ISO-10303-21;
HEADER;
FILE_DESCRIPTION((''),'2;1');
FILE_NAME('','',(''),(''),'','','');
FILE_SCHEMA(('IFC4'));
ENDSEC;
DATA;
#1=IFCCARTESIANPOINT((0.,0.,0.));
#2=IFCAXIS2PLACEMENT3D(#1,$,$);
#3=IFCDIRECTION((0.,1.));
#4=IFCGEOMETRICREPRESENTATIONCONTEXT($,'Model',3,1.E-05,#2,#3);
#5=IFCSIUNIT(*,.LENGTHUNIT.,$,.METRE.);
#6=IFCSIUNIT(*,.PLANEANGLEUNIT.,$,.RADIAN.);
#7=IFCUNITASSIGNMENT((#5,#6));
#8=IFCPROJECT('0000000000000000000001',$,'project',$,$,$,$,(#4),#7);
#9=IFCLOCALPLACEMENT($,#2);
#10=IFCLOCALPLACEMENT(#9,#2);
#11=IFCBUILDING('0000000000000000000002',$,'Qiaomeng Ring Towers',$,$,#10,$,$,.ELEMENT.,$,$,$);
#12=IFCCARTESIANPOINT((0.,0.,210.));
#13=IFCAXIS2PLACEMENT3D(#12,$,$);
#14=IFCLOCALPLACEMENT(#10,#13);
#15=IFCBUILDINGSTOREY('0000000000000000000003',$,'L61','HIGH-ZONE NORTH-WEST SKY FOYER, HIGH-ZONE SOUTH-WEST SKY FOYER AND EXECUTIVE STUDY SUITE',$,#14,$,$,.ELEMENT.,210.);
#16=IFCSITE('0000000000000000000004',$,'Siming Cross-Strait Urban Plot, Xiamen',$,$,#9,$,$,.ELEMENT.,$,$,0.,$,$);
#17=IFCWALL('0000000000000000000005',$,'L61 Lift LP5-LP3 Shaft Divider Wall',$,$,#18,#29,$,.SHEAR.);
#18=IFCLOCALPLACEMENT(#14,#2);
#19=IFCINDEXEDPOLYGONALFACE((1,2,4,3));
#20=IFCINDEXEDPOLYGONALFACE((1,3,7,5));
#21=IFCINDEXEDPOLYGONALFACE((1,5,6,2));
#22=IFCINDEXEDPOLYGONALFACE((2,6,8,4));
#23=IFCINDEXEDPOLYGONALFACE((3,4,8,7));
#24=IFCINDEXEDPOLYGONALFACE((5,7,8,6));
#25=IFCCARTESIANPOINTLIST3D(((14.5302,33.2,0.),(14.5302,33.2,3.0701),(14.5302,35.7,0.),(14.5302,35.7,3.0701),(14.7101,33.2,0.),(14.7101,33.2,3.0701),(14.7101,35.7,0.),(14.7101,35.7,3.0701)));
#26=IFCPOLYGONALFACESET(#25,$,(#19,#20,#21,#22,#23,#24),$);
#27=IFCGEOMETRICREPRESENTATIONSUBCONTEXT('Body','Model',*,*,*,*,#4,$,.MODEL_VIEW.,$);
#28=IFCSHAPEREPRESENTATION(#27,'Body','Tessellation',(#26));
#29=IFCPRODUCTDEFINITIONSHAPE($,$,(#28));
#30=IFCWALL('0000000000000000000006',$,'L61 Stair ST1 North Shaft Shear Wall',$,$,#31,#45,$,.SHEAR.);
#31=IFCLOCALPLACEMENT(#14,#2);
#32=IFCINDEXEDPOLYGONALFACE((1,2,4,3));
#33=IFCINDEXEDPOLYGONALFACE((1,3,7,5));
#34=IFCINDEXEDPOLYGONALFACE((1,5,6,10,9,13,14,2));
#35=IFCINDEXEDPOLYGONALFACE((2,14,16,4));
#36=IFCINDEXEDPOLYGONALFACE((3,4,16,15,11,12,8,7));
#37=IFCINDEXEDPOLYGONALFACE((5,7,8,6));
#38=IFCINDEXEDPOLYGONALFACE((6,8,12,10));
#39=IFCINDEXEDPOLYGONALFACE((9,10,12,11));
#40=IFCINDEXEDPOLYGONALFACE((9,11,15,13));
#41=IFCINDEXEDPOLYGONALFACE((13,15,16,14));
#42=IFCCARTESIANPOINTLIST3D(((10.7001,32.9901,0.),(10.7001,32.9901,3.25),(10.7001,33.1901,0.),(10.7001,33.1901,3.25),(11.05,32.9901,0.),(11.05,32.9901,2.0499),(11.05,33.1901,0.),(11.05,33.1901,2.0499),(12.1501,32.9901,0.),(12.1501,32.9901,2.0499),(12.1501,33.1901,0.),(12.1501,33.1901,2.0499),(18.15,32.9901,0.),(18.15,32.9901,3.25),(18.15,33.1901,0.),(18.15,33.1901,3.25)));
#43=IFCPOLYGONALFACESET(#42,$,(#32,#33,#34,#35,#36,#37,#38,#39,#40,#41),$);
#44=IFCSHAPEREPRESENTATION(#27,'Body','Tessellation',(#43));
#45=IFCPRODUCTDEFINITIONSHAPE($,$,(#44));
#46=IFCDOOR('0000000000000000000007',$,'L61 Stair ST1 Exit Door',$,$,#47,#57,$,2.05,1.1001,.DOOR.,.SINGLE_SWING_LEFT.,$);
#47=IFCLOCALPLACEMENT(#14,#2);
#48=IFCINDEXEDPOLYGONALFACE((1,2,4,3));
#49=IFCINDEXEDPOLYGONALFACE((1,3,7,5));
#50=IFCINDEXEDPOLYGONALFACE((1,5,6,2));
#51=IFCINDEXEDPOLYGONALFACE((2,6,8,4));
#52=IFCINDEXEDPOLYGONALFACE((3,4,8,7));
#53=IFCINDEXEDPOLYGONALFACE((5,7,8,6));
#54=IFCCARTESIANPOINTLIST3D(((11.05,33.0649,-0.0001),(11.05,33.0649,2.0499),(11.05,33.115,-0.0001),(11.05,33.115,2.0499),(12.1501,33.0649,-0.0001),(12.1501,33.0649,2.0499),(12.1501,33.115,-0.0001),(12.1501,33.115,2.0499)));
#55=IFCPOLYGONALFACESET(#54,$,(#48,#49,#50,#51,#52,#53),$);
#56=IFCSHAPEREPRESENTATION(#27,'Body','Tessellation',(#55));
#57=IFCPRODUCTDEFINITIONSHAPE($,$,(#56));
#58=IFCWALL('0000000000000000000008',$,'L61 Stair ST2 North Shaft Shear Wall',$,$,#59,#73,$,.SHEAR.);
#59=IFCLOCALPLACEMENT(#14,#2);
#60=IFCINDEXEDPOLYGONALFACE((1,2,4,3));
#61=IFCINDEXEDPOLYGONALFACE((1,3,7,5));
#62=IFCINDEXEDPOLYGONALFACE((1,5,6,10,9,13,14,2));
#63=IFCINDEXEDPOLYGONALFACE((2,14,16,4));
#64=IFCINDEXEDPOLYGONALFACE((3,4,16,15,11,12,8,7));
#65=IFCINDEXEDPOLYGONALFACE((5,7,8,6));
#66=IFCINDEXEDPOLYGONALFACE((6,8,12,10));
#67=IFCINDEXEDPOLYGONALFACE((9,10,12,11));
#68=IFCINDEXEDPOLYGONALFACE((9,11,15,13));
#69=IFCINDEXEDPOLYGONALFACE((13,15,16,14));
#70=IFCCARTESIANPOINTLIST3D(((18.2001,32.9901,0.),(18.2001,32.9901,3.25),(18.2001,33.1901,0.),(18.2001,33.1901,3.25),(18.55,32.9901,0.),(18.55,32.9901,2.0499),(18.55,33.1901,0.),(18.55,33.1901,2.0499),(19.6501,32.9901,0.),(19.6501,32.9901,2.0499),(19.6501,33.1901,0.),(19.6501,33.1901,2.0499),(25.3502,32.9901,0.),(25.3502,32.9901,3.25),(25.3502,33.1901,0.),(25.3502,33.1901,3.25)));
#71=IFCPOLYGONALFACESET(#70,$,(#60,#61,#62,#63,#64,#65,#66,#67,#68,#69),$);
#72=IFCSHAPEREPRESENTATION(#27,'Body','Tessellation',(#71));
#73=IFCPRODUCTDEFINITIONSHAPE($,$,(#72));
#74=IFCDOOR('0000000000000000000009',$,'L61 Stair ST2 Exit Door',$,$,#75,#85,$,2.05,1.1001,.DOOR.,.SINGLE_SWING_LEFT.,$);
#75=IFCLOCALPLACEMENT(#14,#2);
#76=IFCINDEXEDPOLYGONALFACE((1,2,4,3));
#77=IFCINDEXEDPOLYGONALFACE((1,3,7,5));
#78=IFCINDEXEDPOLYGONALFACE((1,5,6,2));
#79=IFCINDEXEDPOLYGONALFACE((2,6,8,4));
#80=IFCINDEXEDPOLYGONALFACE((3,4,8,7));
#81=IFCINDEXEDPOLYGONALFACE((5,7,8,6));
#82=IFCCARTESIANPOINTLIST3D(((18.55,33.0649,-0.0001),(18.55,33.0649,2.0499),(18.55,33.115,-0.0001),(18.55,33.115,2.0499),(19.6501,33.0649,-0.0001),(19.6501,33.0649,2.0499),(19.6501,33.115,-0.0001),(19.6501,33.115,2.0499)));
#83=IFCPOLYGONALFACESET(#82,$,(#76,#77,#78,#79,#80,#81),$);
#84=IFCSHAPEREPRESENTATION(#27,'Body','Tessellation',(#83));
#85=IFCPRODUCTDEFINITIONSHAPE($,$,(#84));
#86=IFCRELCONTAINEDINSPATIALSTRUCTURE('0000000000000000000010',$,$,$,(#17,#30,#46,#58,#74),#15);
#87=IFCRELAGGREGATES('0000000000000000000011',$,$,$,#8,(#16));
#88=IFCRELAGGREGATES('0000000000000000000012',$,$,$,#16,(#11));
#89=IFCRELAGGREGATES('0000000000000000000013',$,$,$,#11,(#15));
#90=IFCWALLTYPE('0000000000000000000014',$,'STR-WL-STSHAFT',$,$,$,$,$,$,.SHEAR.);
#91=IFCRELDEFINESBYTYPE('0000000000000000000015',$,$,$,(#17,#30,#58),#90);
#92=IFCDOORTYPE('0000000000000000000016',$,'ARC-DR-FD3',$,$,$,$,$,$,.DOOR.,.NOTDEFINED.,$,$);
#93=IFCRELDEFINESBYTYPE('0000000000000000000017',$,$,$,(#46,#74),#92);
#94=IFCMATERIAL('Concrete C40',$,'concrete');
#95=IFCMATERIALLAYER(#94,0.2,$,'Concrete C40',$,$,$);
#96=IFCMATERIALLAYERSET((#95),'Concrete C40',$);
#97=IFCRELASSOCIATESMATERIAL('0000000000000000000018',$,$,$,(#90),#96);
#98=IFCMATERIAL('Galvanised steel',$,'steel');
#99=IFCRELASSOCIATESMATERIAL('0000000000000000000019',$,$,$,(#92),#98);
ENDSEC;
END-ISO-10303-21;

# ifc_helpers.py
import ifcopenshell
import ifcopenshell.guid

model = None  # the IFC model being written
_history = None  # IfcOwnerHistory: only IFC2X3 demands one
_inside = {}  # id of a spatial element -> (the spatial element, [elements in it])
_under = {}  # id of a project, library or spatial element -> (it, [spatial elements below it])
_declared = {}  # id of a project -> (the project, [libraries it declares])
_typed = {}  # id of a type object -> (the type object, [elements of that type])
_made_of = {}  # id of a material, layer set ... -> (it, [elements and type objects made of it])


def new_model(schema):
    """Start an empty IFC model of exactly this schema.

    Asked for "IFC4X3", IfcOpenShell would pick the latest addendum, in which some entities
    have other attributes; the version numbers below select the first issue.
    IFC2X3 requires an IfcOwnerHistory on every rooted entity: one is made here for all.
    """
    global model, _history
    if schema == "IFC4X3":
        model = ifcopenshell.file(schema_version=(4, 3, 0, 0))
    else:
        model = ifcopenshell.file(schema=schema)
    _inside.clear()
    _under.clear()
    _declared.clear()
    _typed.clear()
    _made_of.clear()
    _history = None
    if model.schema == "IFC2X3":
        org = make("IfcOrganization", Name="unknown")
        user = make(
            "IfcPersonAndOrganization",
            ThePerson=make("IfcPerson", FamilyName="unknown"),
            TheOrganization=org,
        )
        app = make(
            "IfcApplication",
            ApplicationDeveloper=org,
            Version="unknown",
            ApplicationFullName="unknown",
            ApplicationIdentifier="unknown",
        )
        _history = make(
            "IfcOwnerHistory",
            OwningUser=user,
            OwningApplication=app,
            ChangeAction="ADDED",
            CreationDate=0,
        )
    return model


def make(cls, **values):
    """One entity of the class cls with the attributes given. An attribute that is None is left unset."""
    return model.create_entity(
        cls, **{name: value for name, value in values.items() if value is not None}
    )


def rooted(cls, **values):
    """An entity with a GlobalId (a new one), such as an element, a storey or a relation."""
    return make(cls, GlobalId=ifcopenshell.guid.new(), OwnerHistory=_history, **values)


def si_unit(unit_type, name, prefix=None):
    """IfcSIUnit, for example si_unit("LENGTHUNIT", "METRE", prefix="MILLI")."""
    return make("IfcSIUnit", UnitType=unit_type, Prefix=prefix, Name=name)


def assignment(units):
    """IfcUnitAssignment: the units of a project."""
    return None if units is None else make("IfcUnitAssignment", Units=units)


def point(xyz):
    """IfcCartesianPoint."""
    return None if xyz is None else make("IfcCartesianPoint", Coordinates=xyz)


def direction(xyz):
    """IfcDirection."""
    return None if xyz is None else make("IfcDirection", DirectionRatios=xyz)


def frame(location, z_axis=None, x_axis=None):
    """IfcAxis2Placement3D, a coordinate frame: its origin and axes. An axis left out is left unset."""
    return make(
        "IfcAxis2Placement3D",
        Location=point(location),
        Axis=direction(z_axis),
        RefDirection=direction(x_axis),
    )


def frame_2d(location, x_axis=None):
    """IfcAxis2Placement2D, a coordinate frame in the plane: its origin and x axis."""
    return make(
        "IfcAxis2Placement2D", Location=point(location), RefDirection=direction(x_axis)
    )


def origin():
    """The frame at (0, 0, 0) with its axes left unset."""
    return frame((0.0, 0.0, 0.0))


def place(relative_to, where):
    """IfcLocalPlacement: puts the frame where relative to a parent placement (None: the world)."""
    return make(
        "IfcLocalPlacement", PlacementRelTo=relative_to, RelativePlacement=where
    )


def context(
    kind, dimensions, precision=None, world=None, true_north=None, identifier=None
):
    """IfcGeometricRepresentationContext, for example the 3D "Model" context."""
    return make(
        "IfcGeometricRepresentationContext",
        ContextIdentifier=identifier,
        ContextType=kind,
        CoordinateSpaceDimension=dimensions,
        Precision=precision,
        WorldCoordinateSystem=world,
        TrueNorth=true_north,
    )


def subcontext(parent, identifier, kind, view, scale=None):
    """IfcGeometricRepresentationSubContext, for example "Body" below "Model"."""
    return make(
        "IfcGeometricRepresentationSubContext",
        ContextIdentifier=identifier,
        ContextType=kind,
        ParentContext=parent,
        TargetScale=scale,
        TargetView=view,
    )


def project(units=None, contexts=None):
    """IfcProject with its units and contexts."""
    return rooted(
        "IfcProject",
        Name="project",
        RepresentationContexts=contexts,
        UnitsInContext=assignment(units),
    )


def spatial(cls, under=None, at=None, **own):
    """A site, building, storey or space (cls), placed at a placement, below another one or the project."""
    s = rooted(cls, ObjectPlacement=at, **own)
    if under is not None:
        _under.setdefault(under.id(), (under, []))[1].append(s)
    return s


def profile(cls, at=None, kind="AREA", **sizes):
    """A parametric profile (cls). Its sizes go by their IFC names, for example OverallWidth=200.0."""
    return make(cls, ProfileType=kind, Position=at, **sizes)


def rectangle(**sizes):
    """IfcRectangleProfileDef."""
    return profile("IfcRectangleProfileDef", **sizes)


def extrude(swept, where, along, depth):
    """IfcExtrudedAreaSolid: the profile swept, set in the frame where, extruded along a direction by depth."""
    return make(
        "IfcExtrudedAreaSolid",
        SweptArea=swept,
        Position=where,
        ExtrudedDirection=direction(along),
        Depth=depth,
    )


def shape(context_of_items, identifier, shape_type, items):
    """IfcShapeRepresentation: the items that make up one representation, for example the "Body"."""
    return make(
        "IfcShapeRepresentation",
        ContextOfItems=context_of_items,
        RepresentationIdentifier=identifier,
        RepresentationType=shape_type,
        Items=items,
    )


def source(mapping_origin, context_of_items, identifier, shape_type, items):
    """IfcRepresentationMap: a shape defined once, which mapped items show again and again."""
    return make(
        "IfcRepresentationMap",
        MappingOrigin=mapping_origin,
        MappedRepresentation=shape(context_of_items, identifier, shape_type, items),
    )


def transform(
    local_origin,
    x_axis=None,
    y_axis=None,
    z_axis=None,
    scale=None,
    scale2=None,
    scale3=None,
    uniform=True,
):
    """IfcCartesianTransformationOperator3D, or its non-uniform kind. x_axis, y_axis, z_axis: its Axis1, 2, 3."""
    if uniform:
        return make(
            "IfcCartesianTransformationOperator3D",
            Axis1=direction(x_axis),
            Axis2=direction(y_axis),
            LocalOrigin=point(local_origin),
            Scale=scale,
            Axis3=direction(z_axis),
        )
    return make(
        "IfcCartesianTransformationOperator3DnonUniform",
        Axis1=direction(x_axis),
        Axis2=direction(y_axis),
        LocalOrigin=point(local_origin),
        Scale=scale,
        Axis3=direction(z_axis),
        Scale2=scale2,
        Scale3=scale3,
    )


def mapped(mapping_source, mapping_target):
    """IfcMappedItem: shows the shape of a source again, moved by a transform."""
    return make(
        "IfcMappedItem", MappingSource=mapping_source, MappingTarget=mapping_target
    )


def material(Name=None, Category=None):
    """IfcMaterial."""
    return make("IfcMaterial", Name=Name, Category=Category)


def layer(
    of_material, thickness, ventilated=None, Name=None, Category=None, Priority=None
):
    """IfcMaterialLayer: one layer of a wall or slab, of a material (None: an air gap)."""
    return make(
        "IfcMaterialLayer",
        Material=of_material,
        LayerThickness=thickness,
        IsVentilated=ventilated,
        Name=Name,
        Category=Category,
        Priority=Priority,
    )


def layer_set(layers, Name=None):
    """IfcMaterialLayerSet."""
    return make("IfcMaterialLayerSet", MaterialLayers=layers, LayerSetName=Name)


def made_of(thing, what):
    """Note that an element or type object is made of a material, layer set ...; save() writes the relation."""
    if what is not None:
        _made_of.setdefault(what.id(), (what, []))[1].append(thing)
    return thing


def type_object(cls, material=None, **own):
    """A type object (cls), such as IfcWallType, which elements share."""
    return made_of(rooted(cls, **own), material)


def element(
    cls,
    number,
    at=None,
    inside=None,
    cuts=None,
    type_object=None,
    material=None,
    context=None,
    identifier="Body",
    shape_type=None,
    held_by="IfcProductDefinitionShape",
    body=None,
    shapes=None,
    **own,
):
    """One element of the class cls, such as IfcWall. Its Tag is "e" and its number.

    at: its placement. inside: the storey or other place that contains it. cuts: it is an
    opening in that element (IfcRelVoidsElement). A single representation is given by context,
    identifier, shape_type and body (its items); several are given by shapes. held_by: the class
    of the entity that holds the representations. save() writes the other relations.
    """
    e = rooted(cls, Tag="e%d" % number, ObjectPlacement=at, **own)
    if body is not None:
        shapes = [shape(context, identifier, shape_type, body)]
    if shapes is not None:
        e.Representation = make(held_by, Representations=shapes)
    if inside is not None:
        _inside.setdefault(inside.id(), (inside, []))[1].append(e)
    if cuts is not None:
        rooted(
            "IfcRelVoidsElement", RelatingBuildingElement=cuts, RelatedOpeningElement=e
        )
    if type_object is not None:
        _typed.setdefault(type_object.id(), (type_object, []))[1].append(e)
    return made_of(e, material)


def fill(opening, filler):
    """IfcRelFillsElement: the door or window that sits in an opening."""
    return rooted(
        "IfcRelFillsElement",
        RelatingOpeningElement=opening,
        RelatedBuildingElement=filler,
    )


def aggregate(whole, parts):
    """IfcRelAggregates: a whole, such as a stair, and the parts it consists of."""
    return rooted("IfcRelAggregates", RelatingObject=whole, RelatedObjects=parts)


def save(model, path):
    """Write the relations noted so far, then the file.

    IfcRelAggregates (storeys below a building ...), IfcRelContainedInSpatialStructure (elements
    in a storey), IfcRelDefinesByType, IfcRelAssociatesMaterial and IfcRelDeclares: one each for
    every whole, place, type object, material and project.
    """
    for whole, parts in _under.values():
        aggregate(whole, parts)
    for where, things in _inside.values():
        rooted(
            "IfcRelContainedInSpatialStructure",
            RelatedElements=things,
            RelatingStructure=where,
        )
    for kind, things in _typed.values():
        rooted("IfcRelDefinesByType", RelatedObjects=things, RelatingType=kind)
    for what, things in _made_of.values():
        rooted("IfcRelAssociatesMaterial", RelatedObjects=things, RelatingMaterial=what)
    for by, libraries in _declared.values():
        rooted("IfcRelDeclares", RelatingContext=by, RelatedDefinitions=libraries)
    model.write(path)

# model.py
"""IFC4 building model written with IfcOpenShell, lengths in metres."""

from ifc_helpers import new_model, si_unit, direction, frame, frame_2d, origin, place, context, subcontext, project, spatial, rectangle, extrude, source, transform, mapped, material, layer, layer_set, type_object, element, fill, save


model = new_model("IFC4")

# Units and contexts
model_context = context("Model", 3, precision=1e-05, world=origin(), true_north=direction((0.0, 1.0)))
body_context = subcontext(model_context, "Body", "Model", "MODEL_VIEW")
ifc_project = project(units=[si_unit("LENGTHUNIT", "METRE"), si_unit("PLANEANGLEUNIT", "RADIAN")], contexts=[model_context])

# Site, building, storey
site_placement = place(None, origin())
site = spatial("IfcSite", under=ifc_project, at=site_placement, Name="Siming Cross-Strait Urban Plot, Xiamen", CompositionType="ELEMENT", RefElevation=0.0)
building_placement = place(site_placement, origin())
building = spatial("IfcBuilding", under=site, at=building_placement, Name="Qiaomeng Ring Towers", CompositionType="ELEMENT")
storey_placement = place(building_placement, frame((0.0, 0.0, 210.0)))
storey = spatial("IfcBuildingStorey", under=building, at=storey_placement, Name="L61", Description="HIGH-ZONE NORTH-WEST SKY FOYER, HIGH-ZONE SOUTH-WEST SKY FOYER AND EXECUTIVE STUDY SUITE", CompositionType="ELEMENT", Elevation=210.0)

# Wall
ifc_material_1 = material(Name="Concrete C40", Category="concrete")
ifc_layer_1 = layer(ifc_material_1, 0.2, Name="Concrete C40")
ifc_layer_set_1 = layer_set([ifc_layer_1], Name="Concrete C40")
wall_type_1 = type_object("IfcWallType", Name="STR-WL-STSHAFT", PredefinedType="SHEAR", material=ifc_layer_set_1)
wall_1_placement = place(storey_placement, frame((14.6201, 33.2, 0.0), z_axis=(0.0, 0.0, 1.0), x_axis=(0.0, 1.0, 0.0)))
element("IfcWall", 1, at=wall_1_placement, inside=storey, type_object=wall_type_1, Name="L61 Lift LP5-LP3 Shaft Divider Wall", PredefinedType="SHEAR", context=body_context, shape_type="SweptSolid", body=[
    extrude(rectangle(XDim=2.5, YDim=0.1799, at=frame_2d((1.25, 0.0))), origin(), (0.0, 0.0, 1.0), 3.0701),
])

# Walls, openings, doors
wall_2_placement = place(storey_placement, frame((10.7, 33.0901, 0.0), z_axis=(0.0, 0.0, 1.0), x_axis=(1.0, 0.0, 0.0)))
wall_2 = element("IfcWall", 2, at=wall_2_placement, inside=storey, type_object=wall_type_1, Name="L61 Stair ST1 North Shaft Shear Wall", PredefinedType="SHEAR", context=body_context, shape_type="SweptSolid", body=[
    extrude(rectangle(XDim=7.45, YDim=0.2, at=frame_2d((3.7251, 0.0))), origin(), (0.0, 0.0, 1.0), 3.25),
])
opening_1_placement = place(wall_2_placement, frame((0.3501, 0.0, 0.0)))
opening_1 = element("IfcOpeningElement", 3, at=opening_1_placement, cuts=wall_2, PredefinedType="OPENING", context=body_context, shape_type="SweptSolid", body=[
    extrude(rectangle(XDim=1.1001, YDim=2.05, at=frame_2d((0.55, 1.0249))), frame((0.0, 0.1099, 0.0), z_axis=(0.0, -1.0, 0.0), x_axis=(1.0, 0.0, 0.0)), (0.0, 0.0, 1.0), 0.22),
])
ifc_material_2 = material(Name="Galvanised steel", Category="steel")
door_type_1 = type_object("IfcDoorType", Name="ARC-DR-FD3", OperationType="NOTDEFINED", PredefinedType="DOOR", material=ifc_material_2)
shared_shape_1 = source(origin(), body_context, "Body", "SweptSolid", [
    extrude(rectangle(XDim=1.1001, YDim=2.05, at=frame_2d((0.55, 1.0249))), frame((0.0, 0.0249, 0.0), z_axis=(0.0, -1.0, 0.0), x_axis=(1.0, 0.0, 0.0)), (0.0, 0.0, 1.0), 0.05),
])
door_1_placement = place(opening_1_placement, origin())
door_1 = element("IfcDoor", 4, at=door_1_placement, inside=storey, type_object=door_type_1, Name="L61 Stair ST1 Exit Door", OperationType="SINGLE_SWING_LEFT", OverallHeight=2.05, OverallWidth=1.1001, PredefinedType="DOOR", context=body_context, shape_type="MappedRepresentation", body=[
    mapped(shared_shape_1, transform((0.0, 0.0, 0.0), x_axis=(1.0, 0.0, 0.0), y_axis=(0.0, 1.0, 0.0), z_axis=(0.0, 0.0, 1.0), scale=1.0)),
])
fill(opening_1, door_1)
wall_3_placement = place(storey_placement, frame((18.2, 33.0901, 0.0), z_axis=(0.0, 0.0, 1.0), x_axis=(1.0, 0.0, 0.0)))
wall_3 = element("IfcWall", 5, at=wall_3_placement, inside=storey, type_object=wall_type_1, Name="L61 Stair ST2 North Shaft Shear Wall", PredefinedType="SHEAR", context=body_context, shape_type="SweptSolid", body=[
    extrude(rectangle(XDim=7.1501, YDim=0.2, at=frame_2d((3.5752, 0.0))), origin(), (0.0, 0.0, 1.0), 3.25),
])
opening_2_placement = place(wall_3_placement, frame((0.3501, 0.0, 0.0)))
opening_2 = element("IfcOpeningElement", 6, at=opening_2_placement, cuts=wall_3, PredefinedType="OPENING", context=body_context, shape_type="SweptSolid", body=[
    extrude(rectangle(XDim=1.1001, YDim=2.05, at=frame_2d((0.55, 1.0249))), frame((0.0, 0.1099, 0.0), z_axis=(0.0, -1.0, 0.0), x_axis=(1.0, 0.0, 0.0)), (0.0, 0.0, 1.0), 0.22),
])
door_2_placement = place(opening_2_placement, origin())
door_2 = element("IfcDoor", 7, at=door_2_placement, inside=storey, type_object=door_type_1, Name="L61 Stair ST2 Exit Door", OperationType="SINGLE_SWING_LEFT", OverallHeight=2.05, OverallWidth=1.1001, PredefinedType="DOOR", context=body_context, shape_type="MappedRepresentation", body=[
    mapped(shared_shape_1, transform((0.0, 0.0, 0.0), x_axis=(1.0, 0.0, 0.0), y_axis=(0.0, 1.0, 0.0), z_axis=(0.0, 0.0, 1.0), scale=1.0)),
])
fill(opening_2, door_2)

save(model, "model.ifc")
